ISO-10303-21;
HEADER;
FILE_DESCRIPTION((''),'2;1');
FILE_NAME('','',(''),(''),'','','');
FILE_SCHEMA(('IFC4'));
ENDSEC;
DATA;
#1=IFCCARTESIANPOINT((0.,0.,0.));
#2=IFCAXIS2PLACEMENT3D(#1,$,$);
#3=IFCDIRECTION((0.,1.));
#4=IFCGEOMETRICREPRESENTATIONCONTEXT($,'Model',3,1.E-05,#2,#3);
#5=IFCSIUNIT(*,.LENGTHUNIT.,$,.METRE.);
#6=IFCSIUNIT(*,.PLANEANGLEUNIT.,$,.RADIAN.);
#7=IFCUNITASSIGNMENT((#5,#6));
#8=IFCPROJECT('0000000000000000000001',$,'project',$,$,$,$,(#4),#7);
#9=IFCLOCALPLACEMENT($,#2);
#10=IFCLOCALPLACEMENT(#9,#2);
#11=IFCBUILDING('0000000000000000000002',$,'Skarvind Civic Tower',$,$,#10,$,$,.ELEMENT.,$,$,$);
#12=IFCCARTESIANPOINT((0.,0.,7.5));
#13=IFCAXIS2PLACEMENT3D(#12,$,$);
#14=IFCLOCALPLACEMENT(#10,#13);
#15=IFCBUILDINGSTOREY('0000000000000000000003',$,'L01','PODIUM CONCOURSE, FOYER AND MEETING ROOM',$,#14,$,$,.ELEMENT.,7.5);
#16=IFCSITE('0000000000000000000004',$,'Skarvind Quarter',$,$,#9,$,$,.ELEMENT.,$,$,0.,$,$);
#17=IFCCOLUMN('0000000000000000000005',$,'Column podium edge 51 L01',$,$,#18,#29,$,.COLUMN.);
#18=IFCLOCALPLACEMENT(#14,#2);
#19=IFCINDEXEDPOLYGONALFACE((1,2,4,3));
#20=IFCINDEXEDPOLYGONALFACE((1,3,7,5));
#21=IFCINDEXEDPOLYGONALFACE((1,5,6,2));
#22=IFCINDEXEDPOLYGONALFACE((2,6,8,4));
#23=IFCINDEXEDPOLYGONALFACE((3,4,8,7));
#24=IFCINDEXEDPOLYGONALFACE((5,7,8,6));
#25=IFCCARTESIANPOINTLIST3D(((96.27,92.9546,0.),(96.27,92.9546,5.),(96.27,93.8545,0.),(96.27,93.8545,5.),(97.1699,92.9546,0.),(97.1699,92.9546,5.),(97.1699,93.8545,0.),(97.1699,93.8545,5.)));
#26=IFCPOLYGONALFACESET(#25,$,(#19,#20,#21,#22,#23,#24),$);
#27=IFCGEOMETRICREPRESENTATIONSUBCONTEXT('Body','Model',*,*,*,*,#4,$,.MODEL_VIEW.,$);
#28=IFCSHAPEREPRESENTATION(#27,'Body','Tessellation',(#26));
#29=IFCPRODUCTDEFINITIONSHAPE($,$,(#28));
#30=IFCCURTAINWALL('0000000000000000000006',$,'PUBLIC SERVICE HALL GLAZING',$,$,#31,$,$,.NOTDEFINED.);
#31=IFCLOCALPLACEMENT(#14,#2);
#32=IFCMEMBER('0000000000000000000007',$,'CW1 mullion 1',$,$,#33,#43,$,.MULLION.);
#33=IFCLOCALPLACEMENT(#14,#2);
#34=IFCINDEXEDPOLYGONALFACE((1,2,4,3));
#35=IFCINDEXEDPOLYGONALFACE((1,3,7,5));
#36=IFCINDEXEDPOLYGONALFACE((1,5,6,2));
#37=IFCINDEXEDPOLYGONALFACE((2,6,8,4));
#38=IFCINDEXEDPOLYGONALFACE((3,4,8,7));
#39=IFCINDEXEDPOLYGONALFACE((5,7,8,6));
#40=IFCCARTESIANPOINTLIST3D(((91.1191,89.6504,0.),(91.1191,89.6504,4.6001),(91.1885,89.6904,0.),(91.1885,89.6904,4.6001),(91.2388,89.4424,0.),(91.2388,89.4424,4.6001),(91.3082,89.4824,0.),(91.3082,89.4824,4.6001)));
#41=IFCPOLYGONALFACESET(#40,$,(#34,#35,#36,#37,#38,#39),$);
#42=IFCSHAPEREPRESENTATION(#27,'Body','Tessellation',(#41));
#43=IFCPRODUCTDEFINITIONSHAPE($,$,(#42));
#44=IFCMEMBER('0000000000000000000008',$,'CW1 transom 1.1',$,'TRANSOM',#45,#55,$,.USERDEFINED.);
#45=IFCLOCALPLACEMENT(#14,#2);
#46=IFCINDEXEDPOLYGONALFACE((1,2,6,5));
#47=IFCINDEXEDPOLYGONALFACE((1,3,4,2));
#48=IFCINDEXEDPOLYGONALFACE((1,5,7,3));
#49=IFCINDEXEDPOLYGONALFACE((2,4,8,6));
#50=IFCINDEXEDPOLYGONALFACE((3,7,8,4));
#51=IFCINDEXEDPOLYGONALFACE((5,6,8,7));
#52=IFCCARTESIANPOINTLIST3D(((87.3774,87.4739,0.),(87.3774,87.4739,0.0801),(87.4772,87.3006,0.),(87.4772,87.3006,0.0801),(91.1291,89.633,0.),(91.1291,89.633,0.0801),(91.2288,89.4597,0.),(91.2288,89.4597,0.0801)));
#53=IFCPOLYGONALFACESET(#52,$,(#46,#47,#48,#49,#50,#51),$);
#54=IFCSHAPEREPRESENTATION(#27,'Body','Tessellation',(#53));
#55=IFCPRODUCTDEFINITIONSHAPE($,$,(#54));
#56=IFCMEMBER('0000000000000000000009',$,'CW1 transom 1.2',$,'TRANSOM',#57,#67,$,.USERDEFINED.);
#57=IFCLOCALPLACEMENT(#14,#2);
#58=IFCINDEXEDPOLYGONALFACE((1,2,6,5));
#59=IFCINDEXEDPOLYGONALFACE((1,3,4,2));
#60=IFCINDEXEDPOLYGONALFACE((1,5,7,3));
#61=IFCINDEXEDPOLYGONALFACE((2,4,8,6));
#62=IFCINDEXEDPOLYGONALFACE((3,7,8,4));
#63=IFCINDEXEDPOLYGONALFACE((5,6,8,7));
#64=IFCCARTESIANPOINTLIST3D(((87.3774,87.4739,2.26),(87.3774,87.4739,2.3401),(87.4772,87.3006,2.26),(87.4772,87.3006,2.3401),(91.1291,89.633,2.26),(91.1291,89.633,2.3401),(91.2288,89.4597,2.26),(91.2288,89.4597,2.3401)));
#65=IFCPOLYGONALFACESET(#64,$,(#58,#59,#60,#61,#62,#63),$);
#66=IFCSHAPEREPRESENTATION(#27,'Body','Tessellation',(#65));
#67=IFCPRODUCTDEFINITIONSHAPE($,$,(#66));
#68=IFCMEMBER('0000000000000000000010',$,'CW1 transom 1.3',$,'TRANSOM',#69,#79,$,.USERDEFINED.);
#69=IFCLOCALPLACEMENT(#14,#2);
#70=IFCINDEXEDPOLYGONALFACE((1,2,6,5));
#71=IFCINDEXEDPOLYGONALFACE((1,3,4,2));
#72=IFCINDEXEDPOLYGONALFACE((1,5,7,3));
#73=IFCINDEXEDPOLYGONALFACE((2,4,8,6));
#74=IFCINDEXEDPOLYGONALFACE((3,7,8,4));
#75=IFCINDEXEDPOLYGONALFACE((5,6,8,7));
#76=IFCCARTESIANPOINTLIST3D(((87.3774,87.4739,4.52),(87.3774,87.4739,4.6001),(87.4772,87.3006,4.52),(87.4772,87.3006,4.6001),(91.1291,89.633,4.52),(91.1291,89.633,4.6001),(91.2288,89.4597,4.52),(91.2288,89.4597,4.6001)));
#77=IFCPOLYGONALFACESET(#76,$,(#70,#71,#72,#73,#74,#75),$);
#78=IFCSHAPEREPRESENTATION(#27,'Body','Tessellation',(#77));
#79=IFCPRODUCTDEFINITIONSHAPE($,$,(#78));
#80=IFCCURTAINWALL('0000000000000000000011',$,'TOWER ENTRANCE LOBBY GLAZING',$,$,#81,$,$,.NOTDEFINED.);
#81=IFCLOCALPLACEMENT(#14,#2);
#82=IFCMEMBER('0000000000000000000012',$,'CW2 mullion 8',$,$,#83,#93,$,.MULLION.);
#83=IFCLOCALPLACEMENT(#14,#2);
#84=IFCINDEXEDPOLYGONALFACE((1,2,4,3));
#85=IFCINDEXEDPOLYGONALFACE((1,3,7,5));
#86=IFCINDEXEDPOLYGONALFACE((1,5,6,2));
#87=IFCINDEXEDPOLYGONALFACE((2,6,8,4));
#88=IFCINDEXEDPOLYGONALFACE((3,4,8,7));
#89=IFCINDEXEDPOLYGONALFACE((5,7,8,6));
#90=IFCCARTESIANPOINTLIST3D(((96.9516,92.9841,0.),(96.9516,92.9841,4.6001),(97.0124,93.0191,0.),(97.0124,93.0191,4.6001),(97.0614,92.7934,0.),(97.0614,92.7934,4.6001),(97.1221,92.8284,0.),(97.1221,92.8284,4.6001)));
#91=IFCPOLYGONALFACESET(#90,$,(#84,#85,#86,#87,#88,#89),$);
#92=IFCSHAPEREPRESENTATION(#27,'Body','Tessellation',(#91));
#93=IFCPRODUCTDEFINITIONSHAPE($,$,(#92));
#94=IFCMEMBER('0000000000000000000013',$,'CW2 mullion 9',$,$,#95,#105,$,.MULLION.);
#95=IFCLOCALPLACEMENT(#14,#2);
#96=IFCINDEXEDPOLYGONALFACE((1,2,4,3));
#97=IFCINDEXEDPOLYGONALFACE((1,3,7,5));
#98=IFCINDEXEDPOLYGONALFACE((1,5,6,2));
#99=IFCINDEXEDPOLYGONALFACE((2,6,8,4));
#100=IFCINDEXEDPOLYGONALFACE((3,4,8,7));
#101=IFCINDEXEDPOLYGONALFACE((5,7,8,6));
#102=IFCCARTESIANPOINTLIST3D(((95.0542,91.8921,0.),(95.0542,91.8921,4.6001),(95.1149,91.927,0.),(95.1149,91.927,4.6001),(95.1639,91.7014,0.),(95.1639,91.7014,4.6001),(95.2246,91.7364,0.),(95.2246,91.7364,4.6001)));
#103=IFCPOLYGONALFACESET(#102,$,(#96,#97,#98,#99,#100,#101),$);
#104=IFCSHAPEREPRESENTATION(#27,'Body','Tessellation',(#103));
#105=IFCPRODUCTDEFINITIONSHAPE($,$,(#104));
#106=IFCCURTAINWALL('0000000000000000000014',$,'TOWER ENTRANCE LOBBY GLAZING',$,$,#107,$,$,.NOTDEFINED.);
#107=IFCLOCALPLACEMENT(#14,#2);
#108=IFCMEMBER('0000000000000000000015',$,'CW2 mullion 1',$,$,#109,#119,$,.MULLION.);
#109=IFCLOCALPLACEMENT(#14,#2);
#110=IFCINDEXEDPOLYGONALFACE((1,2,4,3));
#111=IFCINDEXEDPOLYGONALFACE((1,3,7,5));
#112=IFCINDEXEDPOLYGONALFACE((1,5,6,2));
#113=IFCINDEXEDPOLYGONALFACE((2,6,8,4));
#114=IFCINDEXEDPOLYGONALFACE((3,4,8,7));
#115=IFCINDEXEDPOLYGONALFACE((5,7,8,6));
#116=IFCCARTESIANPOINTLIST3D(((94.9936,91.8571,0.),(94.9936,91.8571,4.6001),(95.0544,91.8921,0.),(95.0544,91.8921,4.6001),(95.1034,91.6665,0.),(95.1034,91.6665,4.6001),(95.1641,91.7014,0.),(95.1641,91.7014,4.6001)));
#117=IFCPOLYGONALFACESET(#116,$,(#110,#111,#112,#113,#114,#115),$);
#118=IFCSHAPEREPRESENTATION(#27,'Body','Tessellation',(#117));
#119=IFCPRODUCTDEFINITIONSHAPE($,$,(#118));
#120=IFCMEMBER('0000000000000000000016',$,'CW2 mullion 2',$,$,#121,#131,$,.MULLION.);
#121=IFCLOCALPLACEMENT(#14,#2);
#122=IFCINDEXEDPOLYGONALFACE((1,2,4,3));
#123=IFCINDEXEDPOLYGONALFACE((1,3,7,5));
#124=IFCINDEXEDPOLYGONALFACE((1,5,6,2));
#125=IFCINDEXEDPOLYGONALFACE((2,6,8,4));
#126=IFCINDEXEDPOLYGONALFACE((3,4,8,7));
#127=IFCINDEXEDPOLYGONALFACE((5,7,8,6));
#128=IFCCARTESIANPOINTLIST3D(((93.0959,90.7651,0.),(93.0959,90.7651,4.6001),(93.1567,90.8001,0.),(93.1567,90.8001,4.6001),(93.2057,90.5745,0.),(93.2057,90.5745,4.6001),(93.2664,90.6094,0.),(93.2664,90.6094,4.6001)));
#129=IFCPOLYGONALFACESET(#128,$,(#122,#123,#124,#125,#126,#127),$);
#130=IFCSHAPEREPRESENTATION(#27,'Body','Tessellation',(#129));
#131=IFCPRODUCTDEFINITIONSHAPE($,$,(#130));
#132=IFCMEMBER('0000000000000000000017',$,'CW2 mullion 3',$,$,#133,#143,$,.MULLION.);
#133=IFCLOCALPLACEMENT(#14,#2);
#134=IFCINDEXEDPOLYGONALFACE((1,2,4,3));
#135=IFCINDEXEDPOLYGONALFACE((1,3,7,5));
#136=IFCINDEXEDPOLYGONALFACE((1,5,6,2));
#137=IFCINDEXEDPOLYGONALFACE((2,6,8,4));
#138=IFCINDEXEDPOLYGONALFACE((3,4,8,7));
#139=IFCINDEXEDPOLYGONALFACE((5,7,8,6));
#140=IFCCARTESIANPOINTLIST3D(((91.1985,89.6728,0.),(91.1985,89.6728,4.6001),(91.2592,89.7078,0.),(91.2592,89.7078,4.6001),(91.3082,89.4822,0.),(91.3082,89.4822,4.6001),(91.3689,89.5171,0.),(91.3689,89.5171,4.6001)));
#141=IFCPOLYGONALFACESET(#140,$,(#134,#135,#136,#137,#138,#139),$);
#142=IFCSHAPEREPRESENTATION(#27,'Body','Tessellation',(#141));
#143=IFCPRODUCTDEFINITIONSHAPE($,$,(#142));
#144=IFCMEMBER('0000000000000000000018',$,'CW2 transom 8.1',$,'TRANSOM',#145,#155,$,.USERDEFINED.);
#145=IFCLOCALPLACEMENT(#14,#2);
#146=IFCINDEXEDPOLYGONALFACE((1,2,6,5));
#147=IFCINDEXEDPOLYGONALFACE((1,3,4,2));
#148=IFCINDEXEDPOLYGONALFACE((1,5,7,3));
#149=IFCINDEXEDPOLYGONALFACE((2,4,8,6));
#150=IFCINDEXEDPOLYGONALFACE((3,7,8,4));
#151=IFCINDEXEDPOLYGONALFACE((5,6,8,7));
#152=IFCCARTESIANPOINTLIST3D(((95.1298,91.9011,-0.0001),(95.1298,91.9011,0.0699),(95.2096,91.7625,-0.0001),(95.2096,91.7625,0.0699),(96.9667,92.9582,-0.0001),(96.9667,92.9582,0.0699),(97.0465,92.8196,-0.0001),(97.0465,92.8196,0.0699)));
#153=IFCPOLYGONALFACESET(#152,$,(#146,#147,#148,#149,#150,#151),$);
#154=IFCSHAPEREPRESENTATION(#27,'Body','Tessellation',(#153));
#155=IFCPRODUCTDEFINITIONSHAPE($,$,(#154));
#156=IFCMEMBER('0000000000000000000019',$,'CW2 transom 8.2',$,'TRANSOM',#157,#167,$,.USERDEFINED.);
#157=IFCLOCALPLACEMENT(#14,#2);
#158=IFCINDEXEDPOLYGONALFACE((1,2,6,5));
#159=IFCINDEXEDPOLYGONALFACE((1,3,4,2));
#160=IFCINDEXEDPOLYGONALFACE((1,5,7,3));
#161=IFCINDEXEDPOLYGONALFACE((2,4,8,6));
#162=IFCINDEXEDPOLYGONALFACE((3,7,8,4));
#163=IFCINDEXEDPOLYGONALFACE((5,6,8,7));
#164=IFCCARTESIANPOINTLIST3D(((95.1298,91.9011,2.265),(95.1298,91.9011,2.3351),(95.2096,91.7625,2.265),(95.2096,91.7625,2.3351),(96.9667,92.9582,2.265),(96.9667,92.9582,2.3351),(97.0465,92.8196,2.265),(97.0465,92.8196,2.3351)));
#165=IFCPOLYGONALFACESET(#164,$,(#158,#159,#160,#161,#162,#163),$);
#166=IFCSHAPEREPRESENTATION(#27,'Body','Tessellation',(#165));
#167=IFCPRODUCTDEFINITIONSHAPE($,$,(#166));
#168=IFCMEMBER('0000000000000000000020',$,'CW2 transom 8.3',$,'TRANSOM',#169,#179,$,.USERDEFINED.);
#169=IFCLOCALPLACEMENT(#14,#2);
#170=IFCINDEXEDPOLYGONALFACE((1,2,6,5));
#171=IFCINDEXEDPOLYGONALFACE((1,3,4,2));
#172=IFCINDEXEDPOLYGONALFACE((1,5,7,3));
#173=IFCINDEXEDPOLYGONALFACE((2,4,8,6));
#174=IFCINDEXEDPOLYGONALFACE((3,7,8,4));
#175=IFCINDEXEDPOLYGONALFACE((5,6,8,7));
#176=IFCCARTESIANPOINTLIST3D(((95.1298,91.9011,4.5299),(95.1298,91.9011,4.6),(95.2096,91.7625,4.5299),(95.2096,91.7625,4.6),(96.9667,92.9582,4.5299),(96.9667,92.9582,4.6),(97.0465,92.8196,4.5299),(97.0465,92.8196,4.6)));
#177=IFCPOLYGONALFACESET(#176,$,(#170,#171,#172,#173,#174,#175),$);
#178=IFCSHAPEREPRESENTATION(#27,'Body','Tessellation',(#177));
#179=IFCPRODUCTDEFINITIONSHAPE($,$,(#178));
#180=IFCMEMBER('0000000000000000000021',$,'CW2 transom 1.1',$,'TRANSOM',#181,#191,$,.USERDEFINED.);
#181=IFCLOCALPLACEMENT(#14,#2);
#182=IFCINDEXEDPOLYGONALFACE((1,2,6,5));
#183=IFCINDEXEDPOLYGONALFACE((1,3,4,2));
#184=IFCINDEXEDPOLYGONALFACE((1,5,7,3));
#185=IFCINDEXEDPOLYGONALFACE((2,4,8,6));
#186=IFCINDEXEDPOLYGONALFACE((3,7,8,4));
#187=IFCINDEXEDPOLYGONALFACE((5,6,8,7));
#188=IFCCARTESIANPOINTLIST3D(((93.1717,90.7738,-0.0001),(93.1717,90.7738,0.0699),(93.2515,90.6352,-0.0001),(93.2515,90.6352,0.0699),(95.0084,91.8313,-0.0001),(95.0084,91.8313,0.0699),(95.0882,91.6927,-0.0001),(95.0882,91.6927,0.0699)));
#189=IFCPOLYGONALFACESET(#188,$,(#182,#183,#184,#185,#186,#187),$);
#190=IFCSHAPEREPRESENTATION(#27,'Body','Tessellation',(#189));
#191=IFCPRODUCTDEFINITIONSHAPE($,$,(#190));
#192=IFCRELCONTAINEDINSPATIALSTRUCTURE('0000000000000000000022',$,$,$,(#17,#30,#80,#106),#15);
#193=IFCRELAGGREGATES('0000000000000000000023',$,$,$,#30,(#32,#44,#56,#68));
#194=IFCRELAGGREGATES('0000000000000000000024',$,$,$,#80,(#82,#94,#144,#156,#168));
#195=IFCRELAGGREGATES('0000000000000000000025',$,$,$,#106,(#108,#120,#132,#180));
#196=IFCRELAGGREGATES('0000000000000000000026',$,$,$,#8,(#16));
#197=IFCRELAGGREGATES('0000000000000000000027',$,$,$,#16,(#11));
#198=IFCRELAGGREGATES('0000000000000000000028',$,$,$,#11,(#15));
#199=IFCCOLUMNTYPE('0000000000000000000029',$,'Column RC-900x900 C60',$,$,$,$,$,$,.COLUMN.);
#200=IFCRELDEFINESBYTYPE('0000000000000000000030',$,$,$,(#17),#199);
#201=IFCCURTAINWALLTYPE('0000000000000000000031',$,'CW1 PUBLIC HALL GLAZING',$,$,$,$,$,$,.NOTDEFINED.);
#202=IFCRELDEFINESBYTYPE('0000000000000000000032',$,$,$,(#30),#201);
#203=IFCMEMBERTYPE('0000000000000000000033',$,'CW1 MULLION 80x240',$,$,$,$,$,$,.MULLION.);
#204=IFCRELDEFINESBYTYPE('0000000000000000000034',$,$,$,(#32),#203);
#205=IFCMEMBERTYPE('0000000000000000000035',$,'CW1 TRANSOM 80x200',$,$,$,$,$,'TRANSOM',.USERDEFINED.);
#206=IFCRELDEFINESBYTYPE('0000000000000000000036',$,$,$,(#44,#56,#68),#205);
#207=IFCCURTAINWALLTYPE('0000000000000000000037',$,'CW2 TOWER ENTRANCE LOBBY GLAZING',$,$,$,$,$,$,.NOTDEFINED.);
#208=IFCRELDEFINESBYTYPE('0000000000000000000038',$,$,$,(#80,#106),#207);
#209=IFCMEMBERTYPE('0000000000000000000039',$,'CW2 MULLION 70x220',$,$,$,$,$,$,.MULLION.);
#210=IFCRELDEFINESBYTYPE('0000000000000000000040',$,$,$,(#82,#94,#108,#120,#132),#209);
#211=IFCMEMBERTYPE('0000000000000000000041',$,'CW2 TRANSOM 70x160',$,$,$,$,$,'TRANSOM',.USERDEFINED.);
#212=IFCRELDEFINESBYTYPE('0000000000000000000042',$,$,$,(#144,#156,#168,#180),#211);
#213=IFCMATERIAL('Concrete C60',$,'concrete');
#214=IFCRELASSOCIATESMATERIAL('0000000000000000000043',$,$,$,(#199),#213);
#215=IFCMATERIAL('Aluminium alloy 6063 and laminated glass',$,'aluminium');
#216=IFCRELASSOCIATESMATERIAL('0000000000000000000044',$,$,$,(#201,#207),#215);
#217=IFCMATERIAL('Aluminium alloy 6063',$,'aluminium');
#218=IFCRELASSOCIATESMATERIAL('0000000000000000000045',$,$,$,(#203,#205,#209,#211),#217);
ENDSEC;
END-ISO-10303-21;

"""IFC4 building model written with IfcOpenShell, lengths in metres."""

from ifc_helpers import new_model, si_unit, direction, frame, origin, origin_2d, place, context, subcontext, project, spatial, rectangle, extrude, material, material_profile, profile_set, type_object, element, aggregate, save


model = new_model("IFC4")

# Units and contexts
model_context = context("Model", 3, precision=1e-05, world=origin(), true_north=direction((0.0, 1.0)))
body_context = subcontext(model_context, "Body", "Model", "MODEL_VIEW")
ifc_project = project(units=[si_unit("LENGTHUNIT", "METRE"), si_unit("PLANEANGLEUNIT", "RADIAN")], contexts=[model_context])

# Site, building, storey
site_placement = place(None, origin())
site = spatial("IfcSite", under=ifc_project, at=site_placement, Name="Skarvind Quarter", CompositionType="ELEMENT", RefElevation=0.0)
building_placement = place(site_placement, origin())
building = spatial("IfcBuilding", under=site, at=building_placement, Name="Skarvind Civic Tower", CompositionType="ELEMENT")
storey_placement = place(building_placement, frame((0.0, 0.0, 7.5)))
storey = spatial("IfcBuildingStorey", under=building, at=storey_placement, Name="L01", Description="PODIUM CONCOURSE, FOYER AND MEETING ROOM", CompositionType="ELEMENT", Elevation=7.5)

# Column
ifc_material_1 = material(Name="Concrete C60", Category="concrete")
ifc_material_profile_1 = material_profile(ifc_material_1, rectangle(XDim=0.8999, YDim=0.8999, at=origin_2d()), Name="RC-900x900")
ifc_profile_set_1 = profile_set([ifc_material_profile_1], Name="Concrete C60")
column_type = type_object("IfcColumnType", Name="Column RC-900x900 C60", PredefinedType="COLUMN", material=ifc_profile_set_1)
column_placement = place(storey_placement, frame((96.72, 93.4045, 0.0), z_axis=(0.0, 0.0, 1.0), x_axis=(1.0, 0.0, 0.0)))
element("IfcColumn", 1, at=column_placement, inside=storey, type_object=column_type, Name="Column podium edge 51 L01", PredefinedType="COLUMN", context=body_context, shape_type="SweptSolid", body=[
    extrude(rectangle(XDim=0.8999, YDim=0.8999, at=origin_2d()), origin(), (0.0, 0.0, 1.0), 5.0),
])

# Curtain walls, members
ifc_material_2 = material(Name="Aluminium alloy 6063 and laminated glass", Category="aluminium")
curtain_wall_type_1 = type_object("IfcCurtainWallType", Name="CW1 PUBLIC HALL GLAZING", PredefinedType="NOTDEFINED", material=ifc_material_2)
curtain_wall_1_placement = place(storey_placement, origin())
curtain_wall_1 = element("IfcCurtainWall", 2, at=curtain_wall_1_placement, inside=storey, type_object=curtain_wall_type_1, Name="PUBLIC SERVICE HALL GLAZING", PredefinedType="NOTDEFINED")
ifc_material_3 = material(Name="Aluminium alloy 6063", Category="aluminium")
ifc_material_profile_2 = material_profile(ifc_material_3, rectangle(XDim=0.24, YDim=0.0801, at=origin_2d()), Name="AL 80x240")
ifc_profile_set_2 = profile_set([ifc_material_profile_2], Name="Aluminium alloy 6063")
member_type_1 = type_object("IfcMemberType", Name="CW1 MULLION 80x240", PredefinedType="MULLION", material=ifc_profile_set_2)
member_1_placement = place(storey_placement, frame((91.2136, 89.5664, 0.0), z_axis=(0.0, 0.0, 1.0), x_axis=(0.498825, -0.866702, 0.0)))
member_1 = element("IfcMember", 3, at=member_1_placement, type_object=member_type_1, Name="CW1 mullion 1", PredefinedType="MULLION", context=body_context, shape_type="SweptSolid", body=[
    extrude(rectangle(XDim=0.24, YDim=0.0801, at=origin_2d()), origin(), (0.0, 0.0, 1.0), 4.6001),
])
ifc_material_profile_3 = material_profile(ifc_material_3, rectangle(XDim=0.2, YDim=0.0801, at=origin_2d()), Name="AL 80x200")
ifc_profile_set_3 = profile_set([ifc_material_profile_3], Name="Aluminium alloy 6063")
member_type_2 = type_object("IfcMemberType", Name="CW1 TRANSOM 80x200", ElementType="TRANSOM", PredefinedType="USERDEFINED", material=ifc_profile_set_3)
member_2_placement = place(storey_placement, frame((91.179, 89.5464, 0.04), z_axis=(-0.866712, -0.498809, 0.0), x_axis=(0.498809, -0.866712, 0.0)))
member_2 = element("IfcMember", 4, at=member_2_placement, type_object=member_type_2, Name="CW1 transom 1.1", ObjectType="TRANSOM", PredefinedType="USERDEFINED", context=body_context, shape_type="SweptSolid", body=[
    extrude(rectangle(XDim=0.2, YDim=0.0801, at=origin_2d()), origin(), (0.0, 0.0, 1.0), 4.3286),
])
member_3_placement = place(storey_placement, frame((91.179, 89.5464, 2.3), z_axis=(-0.866712, -0.498809, 0.0), x_axis=(0.498809, -0.866712, 0.0)))
member_3 = element("IfcMember", 5, at=member_3_placement, type_object=member_type_2, Name="CW1 transom 1.2", ObjectType="TRANSOM", PredefinedType="USERDEFINED", context=body_context, shape_type="SweptSolid", body=[
    extrude(rectangle(XDim=0.2, YDim=0.0801, at=origin_2d()), origin(), (0.0, 0.0, 1.0), 4.3286),
])
member_4_placement = place(storey_placement, frame((91.179, 89.5464, 4.5601), z_axis=(-0.866712, -0.498809, 0.0), x_axis=(0.498809, -0.866712, 0.0)))
member_4 = element("IfcMember", 6, at=member_4_placement, type_object=member_type_2, Name="CW1 transom 1.3", ObjectType="TRANSOM", PredefinedType="USERDEFINED", context=body_context, shape_type="SweptSolid", body=[
    extrude(rectangle(XDim=0.2, YDim=0.0801, at=origin_2d()), origin(), (0.0, 0.0, 1.0), 4.3286),
])
curtain_wall_type_2 = type_object("IfcCurtainWallType", Name="CW2 TOWER ENTRANCE LOBBY GLAZING", PredefinedType="NOTDEFINED", material=ifc_material_2)
curtain_wall_2_placement = place(storey_placement, origin())
curtain_wall_2 = element("IfcCurtainWall", 7, at=curtain_wall_2_placement, inside=storey, type_object=curtain_wall_type_2, Name="TOWER ENTRANCE LOBBY GLAZING", PredefinedType="NOTDEFINED")
ifc_material_profile_4 = material_profile(ifc_material_3, rectangle(XDim=0.22, YDim=0.0701, at=origin_2d()), Name="AL 70x220")
ifc_profile_set_4 = profile_set([ifc_material_profile_4], Name="Aluminium alloy 6063")
member_type_3 = type_object("IfcMemberType", Name="CW2 MULLION 70x220", PredefinedType="MULLION", material=ifc_profile_set_4)
member_5_placement = place(storey_placement, frame((97.0369, 92.9062, 0.0), z_axis=(0.0, 0.0, 1.0), x_axis=(0.498825, -0.866702, 0.0)))
member_5 = element("IfcMember", 8, at=member_5_placement, type_object=member_type_3, Name="CW2 mullion 8", PredefinedType="MULLION", context=body_context, shape_type="SweptSolid", body=[
    extrude(rectangle(XDim=0.22, YDim=0.0701, at=origin_2d()), origin(), (0.0, 0.0, 1.0), 4.6001),
])
member_6_placement = place(storey_placement, frame((95.1394, 91.8142, 0.0), z_axis=(0.0, 0.0, 1.0), x_axis=(0.498825, -0.866702, 0.0)))
member_6 = element("IfcMember", 9, at=member_6_placement, type_object=member_type_3, Name="CW2 mullion 9", PredefinedType="MULLION", context=body_context, shape_type="SweptSolid", body=[
    extrude(rectangle(XDim=0.22, YDim=0.0701, at=origin_2d()), origin(), (0.0, 0.0, 1.0), 4.6001),
])
curtain_wall_3_placement = place(storey_placement, origin())
curtain_wall_3 = element("IfcCurtainWall", 10, at=curtain_wall_3_placement, inside=storey, type_object=curtain_wall_type_2, Name="TOWER ENTRANCE LOBBY GLAZING", PredefinedType="NOTDEFINED")
member_7_placement = place(storey_placement, frame((95.0789, 91.7793, 0.0), z_axis=(0.0, 0.0, 1.0), x_axis=(0.498838, -0.866695, 0.0)))
member_7 = element("IfcMember", 11, at=member_7_placement, type_object=member_type_3, Name="CW2 mullion 1", PredefinedType="MULLION", context=body_context, shape_type="SweptSolid", body=[
    extrude(rectangle(XDim=0.22, YDim=0.0701, at=origin_2d()), origin(), (0.0, 0.0, 1.0), 4.6001),
])
member_8_placement = place(storey_placement, frame((93.1812, 90.6873, 0.0), z_axis=(0.0, 0.0, 1.0), x_axis=(0.498838, -0.866695, 0.0)))
member_8 = element("IfcMember", 12, at=member_8_placement, type_object=member_type_3, Name="CW2 mullion 2", PredefinedType="MULLION", context=body_context, shape_type="SweptSolid", body=[
    extrude(rectangle(XDim=0.22, YDim=0.0701, at=origin_2d()), origin(), (0.0, 0.0, 1.0), 4.6001),
])
member_9_placement = place(storey_placement, frame((91.2837, 89.595, 0.0), z_axis=(0.0, 0.0, 1.0), x_axis=(0.498838, -0.866695, 0.0)))
member_9 = element("IfcMember", 13, at=member_9_placement, type_object=member_type_3, Name="CW2 mullion 3", PredefinedType="MULLION", context=body_context, shape_type="SweptSolid", body=[
    extrude(rectangle(XDim=0.22, YDim=0.0701, at=origin_2d()), origin(), (0.0, 0.0, 1.0), 4.6001),
])

# Members
ifc_material_profile_5 = material_profile(ifc_material_3, rectangle(XDim=0.1599, YDim=0.0701, at=origin_2d()), Name="AL 70x160")
ifc_profile_set_5 = profile_set([ifc_material_profile_5], Name="Aluminium alloy 6063")
member_type_4 = type_object("IfcMemberType", Name="CW2 TRANSOM 70x160", ElementType="TRANSOM", PredefinedType="USERDEFINED", material=ifc_profile_set_5)
member_10_placement = place(storey_placement, frame((97.0066, 92.8889, 0.0349), z_axis=(-0.866722, -0.498791, 0.0), x_axis=(0.498791, -0.866722, 0.0)))
member_10 = element("IfcMember", 14, at=member_10_placement, type_object=member_type_4, Name="CW2 transom 8.1", ObjectType="TRANSOM", PredefinedType="USERDEFINED", context=body_context, shape_type="SweptSolid", body=[
    extrude(rectangle(XDim=0.1599, YDim=0.0701, at=origin_2d()), origin(), (0.0, 0.0, 1.0), 2.1194),
])
member_11_placement = place(storey_placement, frame((97.0066, 92.8889, 2.3), z_axis=(-0.866722, -0.498791, 0.0), x_axis=(0.498791, -0.866722, 0.0)))
member_11 = element("IfcMember", 15, at=member_11_placement, type_object=member_type_4, Name="CW2 transom 8.2", ObjectType="TRANSOM", PredefinedType="USERDEFINED", context=body_context, shape_type="SweptSolid", body=[
    extrude(rectangle(XDim=0.1599, YDim=0.0701, at=origin_2d()), origin(), (0.0, 0.0, 1.0), 2.1194),
])
member_12_placement = place(storey_placement, frame((97.0066, 92.8889, 4.5649), z_axis=(-0.866722, -0.498791, 0.0), x_axis=(0.498791, -0.866722, 0.0)))
member_12 = element("IfcMember", 16, at=member_12_placement, type_object=member_type_4, Name="CW2 transom 8.3", ObjectType="TRANSOM", PredefinedType="USERDEFINED", context=body_context, shape_type="SweptSolid", body=[
    extrude(rectangle(XDim=0.1599, YDim=0.0701, at=origin_2d()), origin(), (0.0, 0.0, 1.0), 2.1194),
])
member_13_placement = place(storey_placement, frame((95.0483, 91.762, 0.0349), z_axis=(-0.866644, -0.498928, 0.0), x_axis=(0.498928, -0.866644, 0.0)))
member_13 = element("IfcMember", 17, at=member_13_placement, type_object=member_type_4, Name="CW2 transom 1.1", ObjectType="TRANSOM", PredefinedType="USERDEFINED", context=body_context, shape_type="SweptSolid", body=[
    extrude(rectangle(XDim=0.1599, YDim=0.0701, at=origin_2d()), origin(), (0.0, 0.0, 1.0), 2.1194),
])

aggregate(curtain_wall_1, [member_1, member_2, member_3, member_4])
aggregate(curtain_wall_2, [member_5, member_6, member_10, member_11, member_12])
aggregate(curtain_wall_3, [member_7, member_8, member_9, member_13])

save(model, "model.ifc")
